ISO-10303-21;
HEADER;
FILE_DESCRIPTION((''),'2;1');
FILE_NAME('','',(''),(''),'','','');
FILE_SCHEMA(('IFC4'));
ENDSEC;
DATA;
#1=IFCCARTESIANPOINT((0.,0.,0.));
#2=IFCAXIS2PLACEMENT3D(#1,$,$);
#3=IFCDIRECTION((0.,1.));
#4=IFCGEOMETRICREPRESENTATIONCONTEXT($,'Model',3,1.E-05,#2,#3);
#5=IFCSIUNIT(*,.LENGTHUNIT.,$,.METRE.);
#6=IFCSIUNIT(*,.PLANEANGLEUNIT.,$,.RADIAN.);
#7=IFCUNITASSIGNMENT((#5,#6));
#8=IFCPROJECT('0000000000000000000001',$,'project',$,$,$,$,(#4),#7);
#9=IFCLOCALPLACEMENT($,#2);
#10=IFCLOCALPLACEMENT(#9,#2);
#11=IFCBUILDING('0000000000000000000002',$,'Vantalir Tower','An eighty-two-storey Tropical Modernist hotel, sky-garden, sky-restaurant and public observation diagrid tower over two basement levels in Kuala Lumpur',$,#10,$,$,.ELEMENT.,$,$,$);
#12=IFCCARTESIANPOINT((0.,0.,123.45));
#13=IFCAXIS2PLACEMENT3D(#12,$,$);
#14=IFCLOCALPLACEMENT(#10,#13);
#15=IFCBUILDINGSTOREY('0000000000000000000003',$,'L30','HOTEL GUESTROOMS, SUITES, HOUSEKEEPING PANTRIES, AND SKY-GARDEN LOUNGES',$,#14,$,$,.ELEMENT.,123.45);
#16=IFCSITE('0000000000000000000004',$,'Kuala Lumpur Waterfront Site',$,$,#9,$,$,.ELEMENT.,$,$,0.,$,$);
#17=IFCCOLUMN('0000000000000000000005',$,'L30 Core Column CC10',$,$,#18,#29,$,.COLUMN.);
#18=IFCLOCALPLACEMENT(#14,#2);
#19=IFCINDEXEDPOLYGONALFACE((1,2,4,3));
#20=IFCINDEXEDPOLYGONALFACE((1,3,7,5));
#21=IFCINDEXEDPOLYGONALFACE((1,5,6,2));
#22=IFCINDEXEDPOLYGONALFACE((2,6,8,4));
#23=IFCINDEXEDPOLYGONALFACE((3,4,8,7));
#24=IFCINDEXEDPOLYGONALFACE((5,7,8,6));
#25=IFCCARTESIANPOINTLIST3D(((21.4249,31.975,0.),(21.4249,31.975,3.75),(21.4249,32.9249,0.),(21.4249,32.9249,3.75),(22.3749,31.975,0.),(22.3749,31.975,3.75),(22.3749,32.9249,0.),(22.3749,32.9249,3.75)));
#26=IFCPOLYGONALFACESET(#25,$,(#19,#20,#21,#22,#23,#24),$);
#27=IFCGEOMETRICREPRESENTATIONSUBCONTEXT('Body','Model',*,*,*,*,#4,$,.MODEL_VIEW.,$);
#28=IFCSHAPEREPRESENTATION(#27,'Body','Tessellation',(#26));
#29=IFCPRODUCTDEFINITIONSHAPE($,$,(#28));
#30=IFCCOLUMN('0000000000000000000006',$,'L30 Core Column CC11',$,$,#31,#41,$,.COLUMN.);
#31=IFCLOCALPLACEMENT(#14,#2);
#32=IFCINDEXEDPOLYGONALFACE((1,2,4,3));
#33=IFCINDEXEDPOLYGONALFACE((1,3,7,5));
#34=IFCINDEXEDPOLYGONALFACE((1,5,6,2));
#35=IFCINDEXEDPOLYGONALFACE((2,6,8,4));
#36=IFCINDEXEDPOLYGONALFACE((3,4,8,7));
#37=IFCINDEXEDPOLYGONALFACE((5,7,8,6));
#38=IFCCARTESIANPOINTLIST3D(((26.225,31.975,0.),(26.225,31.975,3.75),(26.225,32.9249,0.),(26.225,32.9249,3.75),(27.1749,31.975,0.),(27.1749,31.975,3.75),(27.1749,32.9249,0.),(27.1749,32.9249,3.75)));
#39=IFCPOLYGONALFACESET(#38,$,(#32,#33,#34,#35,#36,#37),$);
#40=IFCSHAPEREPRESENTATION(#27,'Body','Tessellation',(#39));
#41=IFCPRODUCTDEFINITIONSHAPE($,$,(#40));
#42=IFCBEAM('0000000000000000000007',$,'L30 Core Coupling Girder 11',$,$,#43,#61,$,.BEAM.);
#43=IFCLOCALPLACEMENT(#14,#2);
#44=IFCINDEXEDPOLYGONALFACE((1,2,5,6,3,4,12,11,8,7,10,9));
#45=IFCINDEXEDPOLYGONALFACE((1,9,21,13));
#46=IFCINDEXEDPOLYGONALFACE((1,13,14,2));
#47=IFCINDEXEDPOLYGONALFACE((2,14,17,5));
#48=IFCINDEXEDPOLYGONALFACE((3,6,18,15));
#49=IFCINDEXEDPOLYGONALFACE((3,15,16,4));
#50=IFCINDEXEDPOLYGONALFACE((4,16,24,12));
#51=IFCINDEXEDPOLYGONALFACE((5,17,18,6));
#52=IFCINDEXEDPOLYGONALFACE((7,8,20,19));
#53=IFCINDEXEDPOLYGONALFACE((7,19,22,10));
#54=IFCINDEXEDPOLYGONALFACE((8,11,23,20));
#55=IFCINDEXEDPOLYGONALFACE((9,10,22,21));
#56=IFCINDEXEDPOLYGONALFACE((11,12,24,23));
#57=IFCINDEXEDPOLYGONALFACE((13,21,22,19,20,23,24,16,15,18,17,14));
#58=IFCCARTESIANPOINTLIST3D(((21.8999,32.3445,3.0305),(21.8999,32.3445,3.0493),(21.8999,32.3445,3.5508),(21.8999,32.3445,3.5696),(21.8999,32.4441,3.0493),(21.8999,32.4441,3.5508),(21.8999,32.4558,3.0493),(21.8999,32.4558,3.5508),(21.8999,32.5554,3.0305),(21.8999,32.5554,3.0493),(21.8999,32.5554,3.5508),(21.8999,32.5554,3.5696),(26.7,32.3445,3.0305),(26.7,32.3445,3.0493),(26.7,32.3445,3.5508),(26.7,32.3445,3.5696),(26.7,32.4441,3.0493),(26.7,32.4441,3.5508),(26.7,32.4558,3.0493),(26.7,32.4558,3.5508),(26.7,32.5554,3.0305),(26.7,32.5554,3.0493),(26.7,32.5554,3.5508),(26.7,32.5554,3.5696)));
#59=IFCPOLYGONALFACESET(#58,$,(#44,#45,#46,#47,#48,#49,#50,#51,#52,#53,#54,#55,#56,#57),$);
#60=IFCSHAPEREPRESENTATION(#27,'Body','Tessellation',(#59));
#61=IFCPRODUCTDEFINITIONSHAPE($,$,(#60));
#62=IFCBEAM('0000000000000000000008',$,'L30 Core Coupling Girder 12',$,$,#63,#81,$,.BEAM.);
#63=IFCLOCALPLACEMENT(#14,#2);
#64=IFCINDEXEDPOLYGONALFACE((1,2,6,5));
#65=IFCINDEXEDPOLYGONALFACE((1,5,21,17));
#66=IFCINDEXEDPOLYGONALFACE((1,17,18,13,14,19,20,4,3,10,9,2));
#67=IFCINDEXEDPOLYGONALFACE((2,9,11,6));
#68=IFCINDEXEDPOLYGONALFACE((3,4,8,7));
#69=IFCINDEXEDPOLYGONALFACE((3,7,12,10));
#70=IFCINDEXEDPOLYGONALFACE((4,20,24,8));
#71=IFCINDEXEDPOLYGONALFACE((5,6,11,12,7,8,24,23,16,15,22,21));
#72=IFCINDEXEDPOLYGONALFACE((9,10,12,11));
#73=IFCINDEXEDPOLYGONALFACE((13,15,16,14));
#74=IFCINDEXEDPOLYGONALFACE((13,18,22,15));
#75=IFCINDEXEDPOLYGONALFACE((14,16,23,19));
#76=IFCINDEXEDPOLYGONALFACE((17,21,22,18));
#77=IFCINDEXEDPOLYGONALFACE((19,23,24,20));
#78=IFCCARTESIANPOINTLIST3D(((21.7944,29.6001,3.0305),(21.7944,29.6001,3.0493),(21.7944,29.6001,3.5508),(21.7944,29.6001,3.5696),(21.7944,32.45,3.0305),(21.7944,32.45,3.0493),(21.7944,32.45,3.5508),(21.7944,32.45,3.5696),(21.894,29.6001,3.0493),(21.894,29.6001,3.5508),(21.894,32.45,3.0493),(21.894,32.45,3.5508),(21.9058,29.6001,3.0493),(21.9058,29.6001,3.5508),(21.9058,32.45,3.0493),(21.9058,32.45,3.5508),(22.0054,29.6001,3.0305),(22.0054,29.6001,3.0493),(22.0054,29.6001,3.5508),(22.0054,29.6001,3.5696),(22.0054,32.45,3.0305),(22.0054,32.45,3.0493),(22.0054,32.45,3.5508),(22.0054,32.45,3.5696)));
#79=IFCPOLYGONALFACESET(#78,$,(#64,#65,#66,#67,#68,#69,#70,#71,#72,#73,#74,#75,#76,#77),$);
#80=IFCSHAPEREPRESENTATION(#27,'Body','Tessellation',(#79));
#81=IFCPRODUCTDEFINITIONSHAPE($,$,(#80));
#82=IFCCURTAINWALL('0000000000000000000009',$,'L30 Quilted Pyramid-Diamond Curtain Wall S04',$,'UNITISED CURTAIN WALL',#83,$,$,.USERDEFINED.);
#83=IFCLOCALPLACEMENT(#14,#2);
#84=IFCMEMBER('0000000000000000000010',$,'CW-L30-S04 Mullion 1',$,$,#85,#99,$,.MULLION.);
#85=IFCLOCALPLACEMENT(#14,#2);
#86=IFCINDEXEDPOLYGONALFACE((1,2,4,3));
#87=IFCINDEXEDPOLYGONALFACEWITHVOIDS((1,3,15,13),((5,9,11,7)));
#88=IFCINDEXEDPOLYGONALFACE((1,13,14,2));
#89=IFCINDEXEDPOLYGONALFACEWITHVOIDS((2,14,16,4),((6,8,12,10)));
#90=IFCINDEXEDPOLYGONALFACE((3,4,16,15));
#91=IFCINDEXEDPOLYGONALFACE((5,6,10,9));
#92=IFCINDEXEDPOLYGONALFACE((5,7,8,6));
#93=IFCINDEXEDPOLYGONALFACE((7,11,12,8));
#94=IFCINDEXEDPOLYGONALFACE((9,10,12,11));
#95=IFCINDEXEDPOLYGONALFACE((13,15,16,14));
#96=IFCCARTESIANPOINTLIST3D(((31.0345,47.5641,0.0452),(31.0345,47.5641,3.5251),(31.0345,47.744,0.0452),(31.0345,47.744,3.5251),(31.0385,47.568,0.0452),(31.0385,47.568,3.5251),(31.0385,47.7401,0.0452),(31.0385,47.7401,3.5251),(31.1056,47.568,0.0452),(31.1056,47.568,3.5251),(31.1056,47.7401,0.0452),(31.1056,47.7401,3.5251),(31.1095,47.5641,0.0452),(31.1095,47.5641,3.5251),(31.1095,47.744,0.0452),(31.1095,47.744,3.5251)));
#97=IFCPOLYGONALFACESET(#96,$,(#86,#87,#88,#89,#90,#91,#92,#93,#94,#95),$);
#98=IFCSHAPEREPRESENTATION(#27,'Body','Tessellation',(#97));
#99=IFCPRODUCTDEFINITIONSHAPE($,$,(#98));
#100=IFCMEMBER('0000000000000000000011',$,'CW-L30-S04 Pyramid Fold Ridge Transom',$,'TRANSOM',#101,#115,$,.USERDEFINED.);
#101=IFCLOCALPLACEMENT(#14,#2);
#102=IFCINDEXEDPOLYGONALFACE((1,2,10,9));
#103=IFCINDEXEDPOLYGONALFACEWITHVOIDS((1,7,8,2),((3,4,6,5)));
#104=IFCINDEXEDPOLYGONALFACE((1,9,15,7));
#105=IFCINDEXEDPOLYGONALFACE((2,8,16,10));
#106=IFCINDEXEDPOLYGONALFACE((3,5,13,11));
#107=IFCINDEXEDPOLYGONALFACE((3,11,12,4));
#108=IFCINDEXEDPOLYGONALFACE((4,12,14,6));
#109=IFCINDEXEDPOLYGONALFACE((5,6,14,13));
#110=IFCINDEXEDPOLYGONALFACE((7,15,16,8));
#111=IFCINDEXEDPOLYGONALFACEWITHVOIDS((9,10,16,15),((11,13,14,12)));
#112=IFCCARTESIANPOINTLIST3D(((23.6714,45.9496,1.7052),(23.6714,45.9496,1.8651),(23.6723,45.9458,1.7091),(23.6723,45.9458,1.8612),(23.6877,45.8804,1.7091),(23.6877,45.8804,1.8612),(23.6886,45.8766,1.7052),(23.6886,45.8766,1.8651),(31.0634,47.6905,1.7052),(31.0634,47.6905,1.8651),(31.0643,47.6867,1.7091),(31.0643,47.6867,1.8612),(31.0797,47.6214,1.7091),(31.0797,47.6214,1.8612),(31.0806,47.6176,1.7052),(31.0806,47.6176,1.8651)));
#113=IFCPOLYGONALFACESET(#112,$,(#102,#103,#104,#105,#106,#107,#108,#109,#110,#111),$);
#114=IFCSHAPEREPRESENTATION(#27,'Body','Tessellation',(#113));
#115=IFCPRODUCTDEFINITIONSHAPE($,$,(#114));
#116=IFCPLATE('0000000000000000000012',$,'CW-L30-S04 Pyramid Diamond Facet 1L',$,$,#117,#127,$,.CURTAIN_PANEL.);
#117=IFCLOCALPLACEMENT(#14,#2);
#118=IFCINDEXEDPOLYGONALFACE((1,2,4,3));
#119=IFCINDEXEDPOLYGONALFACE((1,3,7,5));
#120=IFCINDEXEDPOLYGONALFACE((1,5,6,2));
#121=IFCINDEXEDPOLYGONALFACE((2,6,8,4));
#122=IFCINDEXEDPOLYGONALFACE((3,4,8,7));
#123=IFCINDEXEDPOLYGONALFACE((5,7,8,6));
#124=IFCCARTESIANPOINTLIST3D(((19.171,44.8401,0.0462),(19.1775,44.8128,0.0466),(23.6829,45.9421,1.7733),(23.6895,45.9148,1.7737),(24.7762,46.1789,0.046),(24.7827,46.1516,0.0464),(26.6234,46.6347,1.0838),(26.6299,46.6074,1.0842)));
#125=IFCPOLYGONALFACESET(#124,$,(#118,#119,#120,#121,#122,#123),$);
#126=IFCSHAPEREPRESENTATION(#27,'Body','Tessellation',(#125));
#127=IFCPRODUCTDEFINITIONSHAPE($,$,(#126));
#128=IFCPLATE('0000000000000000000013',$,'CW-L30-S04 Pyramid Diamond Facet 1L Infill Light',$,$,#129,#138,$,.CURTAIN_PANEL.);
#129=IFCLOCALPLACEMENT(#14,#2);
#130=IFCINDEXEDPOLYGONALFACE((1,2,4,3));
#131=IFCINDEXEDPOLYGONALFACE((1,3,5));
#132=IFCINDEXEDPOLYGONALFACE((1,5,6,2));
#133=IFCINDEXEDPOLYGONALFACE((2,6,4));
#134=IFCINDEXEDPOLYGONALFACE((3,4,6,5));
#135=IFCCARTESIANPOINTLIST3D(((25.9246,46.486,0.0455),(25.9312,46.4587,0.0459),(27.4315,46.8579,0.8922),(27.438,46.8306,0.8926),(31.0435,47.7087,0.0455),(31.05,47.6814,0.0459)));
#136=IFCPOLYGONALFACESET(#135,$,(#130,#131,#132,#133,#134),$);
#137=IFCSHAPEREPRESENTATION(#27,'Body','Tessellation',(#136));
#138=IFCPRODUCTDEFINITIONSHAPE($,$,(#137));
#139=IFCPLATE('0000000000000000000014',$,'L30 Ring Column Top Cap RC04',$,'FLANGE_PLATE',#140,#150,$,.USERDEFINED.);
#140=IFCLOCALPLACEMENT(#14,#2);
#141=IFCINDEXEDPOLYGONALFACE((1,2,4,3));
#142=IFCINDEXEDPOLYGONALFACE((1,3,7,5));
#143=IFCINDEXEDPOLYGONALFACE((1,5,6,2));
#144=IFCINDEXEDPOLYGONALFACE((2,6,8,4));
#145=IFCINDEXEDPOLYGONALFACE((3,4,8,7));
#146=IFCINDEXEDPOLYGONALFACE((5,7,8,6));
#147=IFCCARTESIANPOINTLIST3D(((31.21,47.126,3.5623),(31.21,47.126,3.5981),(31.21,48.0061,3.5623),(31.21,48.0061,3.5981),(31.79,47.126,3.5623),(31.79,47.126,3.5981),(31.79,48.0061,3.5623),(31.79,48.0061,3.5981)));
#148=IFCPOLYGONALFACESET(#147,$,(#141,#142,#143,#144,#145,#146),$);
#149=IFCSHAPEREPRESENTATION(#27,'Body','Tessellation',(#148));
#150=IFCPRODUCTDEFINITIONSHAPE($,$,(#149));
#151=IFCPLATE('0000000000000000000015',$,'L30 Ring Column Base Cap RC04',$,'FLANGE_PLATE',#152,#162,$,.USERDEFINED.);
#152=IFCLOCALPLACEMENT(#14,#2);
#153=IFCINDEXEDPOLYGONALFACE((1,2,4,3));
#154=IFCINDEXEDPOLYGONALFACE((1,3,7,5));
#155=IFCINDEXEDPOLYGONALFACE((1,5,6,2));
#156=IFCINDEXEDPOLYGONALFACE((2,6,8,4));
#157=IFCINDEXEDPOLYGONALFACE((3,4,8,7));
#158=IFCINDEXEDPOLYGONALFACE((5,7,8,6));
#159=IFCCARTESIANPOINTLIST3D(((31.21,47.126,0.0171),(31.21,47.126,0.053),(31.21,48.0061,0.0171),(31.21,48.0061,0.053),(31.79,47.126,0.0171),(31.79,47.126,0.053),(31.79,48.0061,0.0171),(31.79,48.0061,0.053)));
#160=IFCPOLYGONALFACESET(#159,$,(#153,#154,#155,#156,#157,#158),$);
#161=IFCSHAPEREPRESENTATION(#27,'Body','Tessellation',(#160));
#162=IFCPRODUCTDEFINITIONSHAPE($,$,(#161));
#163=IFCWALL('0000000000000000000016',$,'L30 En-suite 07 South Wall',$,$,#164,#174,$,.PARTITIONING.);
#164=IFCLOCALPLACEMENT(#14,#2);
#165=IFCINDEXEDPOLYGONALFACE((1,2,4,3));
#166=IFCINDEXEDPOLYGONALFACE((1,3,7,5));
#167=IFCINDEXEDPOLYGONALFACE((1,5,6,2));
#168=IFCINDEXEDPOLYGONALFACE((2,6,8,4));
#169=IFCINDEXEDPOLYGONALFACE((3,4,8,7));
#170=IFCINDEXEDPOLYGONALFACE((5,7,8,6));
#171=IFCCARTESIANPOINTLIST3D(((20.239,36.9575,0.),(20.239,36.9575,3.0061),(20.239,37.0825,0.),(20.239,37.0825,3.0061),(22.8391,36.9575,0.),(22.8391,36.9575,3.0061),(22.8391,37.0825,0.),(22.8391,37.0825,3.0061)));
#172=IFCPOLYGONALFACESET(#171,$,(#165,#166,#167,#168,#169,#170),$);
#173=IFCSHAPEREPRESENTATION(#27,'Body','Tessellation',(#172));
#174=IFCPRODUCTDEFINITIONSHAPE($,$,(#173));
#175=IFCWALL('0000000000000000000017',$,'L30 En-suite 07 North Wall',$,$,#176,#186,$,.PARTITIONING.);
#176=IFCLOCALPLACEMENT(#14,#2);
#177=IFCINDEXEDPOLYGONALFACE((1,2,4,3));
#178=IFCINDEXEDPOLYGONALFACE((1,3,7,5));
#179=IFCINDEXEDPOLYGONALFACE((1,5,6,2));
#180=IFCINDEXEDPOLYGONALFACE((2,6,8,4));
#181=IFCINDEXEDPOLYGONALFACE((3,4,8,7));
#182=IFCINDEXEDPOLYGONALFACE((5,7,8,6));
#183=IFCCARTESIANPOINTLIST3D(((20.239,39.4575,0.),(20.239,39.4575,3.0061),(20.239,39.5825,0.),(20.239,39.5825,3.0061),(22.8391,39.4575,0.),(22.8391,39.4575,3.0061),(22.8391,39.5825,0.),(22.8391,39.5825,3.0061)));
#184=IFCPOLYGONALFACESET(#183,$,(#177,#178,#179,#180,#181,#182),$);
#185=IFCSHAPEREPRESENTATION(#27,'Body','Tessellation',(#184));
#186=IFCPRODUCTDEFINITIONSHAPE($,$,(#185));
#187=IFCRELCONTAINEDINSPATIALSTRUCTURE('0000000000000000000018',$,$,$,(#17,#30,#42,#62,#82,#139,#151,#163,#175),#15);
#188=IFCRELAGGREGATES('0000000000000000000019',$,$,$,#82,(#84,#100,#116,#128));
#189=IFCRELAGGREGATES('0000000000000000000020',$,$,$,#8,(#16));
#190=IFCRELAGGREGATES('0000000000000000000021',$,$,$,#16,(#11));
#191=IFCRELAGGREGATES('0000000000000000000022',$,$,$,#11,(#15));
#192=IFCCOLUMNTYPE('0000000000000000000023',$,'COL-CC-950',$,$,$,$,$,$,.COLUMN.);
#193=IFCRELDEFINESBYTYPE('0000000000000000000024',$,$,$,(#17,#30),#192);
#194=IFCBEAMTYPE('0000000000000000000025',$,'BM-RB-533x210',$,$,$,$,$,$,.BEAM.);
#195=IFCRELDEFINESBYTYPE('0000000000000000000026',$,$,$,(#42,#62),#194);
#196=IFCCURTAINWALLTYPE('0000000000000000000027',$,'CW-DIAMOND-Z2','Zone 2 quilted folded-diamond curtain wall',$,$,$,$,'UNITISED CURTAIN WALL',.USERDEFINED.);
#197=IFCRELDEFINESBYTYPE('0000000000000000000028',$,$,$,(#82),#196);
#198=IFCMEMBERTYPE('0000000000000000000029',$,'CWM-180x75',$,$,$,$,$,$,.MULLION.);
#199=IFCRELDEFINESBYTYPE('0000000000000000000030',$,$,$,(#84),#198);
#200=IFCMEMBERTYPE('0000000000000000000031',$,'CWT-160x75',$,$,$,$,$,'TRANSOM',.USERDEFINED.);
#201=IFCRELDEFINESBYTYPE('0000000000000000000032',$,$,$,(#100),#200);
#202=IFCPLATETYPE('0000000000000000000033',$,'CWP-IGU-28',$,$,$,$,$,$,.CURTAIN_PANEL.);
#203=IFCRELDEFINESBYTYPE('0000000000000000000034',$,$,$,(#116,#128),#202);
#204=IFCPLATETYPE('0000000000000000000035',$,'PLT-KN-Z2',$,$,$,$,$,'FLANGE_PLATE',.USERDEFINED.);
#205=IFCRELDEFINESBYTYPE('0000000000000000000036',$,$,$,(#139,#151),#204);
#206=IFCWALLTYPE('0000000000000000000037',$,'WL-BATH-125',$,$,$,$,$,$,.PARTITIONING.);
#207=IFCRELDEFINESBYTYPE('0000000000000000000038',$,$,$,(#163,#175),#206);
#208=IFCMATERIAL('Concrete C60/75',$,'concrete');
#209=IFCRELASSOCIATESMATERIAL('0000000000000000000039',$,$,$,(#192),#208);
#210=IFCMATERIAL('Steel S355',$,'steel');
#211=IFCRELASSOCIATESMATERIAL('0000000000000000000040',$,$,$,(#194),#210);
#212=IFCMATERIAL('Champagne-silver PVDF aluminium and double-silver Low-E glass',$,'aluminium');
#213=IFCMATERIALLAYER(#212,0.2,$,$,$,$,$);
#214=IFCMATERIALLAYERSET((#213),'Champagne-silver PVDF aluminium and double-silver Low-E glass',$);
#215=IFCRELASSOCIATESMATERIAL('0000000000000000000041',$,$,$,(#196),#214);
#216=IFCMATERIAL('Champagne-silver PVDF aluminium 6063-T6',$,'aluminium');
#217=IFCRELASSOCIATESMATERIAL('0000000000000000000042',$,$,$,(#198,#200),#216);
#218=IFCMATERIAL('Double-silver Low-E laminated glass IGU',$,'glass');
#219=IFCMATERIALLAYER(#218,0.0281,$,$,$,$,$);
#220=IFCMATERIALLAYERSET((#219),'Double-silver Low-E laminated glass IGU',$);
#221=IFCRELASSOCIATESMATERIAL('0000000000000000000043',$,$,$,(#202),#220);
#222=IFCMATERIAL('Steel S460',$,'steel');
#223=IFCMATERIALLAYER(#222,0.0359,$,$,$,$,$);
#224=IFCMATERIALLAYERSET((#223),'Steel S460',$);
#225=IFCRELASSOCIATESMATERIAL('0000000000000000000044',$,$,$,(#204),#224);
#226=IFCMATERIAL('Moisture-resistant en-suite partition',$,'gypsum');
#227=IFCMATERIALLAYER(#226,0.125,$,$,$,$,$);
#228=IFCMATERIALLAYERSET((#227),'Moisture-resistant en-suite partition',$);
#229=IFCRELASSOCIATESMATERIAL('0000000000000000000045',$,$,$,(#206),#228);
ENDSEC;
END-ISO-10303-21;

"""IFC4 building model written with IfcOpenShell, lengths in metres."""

from ifc_helpers import new_model, si_unit, direction, frame, frame_2d, origin, origin_2d, place, context, subcontext, project, spatial, polyline, rectangle, hollow_rectangle, i_section, outline, extrude, material, layer, layer_set, material_profile, profile_set, type_object, element, aggregate, save


model = new_model("IFC4")

# Units and contexts
model_context = context("Model", 3, precision=1e-05, world=origin(), true_north=direction((0.0, 1.0)))
body_context = subcontext(model_context, "Body", "Model", "MODEL_VIEW")
ifc_project = project(units=[si_unit("LENGTHUNIT", "METRE"), si_unit("PLANEANGLEUNIT", "RADIAN")], contexts=[model_context])

# Site, building, storey
site_placement = place(None, origin())
site = spatial("IfcSite", under=ifc_project, at=site_placement, Name="Kuala Lumpur Waterfront Site", CompositionType="ELEMENT", RefElevation=0.0)
building_placement = place(site_placement, origin())
building = spatial("IfcBuilding", under=site, at=building_placement, Name="Vantalir Tower", Description="An eighty-two-storey Tropical Modernist hotel, sky-garden, sky-restaurant and public observation diagrid tower over two basement levels in Kuala Lumpur", CompositionType="ELEMENT")
storey_placement = place(building_placement, frame((0.0, 0.0, 123.45)))
storey = spatial("IfcBuildingStorey", under=building, at=storey_placement, Name="L30", Description="HOTEL GUESTROOMS, SUITES, HOUSEKEEPING PANTRIES, AND SKY-GARDEN LOUNGES", CompositionType="ELEMENT", Elevation=123.45)

# Columns
ifc_material_1 = material(Name="Concrete C60/75", Category="concrete")
ifc_material_profile_1 = material_profile(ifc_material_1, rectangle(XDim=0.95, YDim=0.95, at=origin_2d()), Name="Concrete C60/75")
ifc_profile_set_1 = profile_set([ifc_material_profile_1], Name="Concrete C60/75")
column_type = type_object("IfcColumnType", Name="COL-CC-950", PredefinedType="COLUMN", material=ifc_profile_set_1)
for number, where, z_axis, x_axis, name in (
    (1, (21.8999, 32.45, 0.0), (0.0, 0.0, 1.0), (1.0, 0.0, 0.0), "L30 Core Column CC10"),
    (2, (26.7, 32.45, 0.0), (0.0, 0.0, 1.0), (1.0, 0.0, 0.0), "L30 Core Column CC11"),
):
    element("IfcColumn", number, at=place(storey_placement, frame(where, z_axis=z_axis, x_axis=x_axis)), inside=storey, type_object=column_type, Name=name, PredefinedType="COLUMN", context=body_context, shape_type="SweptSolid", body=[
        extrude(rectangle(XDim=0.95, YDim=0.95, at=origin_2d()), origin(), (0.0, 0.0, 1.0), 3.75),
    ])

# Beams
ifc_material_2 = material(Name="Steel S355", Category="steel")
ifc_material_profile_2 = material_profile(ifc_material_2, i_section(OverallWidth=0.2109, OverallDepth=0.5391, WebThickness=0.0117, FlangeThickness=0.0188, at=origin_2d()), Name="Steel S355")
ifc_profile_set_2 = profile_set([ifc_material_profile_2], Name="Steel S355")
beam_type = type_object("IfcBeamType", Name="BM-RB-533x210", PredefinedType="BEAM", material=ifc_profile_set_2)
beam_1_placement = place(storey_placement, frame((26.7, 32.45, 3.3), z_axis=(-1.0, 0.0, 0.0), x_axis=(0.0, -1.0, 0.0)))
element("IfcBeam", 3, at=beam_1_placement, inside=storey, type_object=beam_type, Name="L30 Core Coupling Girder 11", PredefinedType="BEAM", context=body_context, shape_type="SweptSolid", body=[
    extrude(i_section(OverallWidth=0.2109, OverallDepth=0.5391, WebThickness=0.0117, FlangeThickness=0.0188, at=origin_2d()), origin(), (0.0, 0.0, 1.0), 4.8),
])
beam_2_placement = place(storey_placement, frame((21.8999, 32.45, 3.3), z_axis=(0.0, -1.0, 0.0), x_axis=(1.0, 0.0, 0.0)))
element("IfcBeam", 4, at=beam_2_placement, inside=storey, type_object=beam_type, Name="L30 Core Coupling Girder 12", PredefinedType="BEAM", context=body_context, shape_type="SweptSolid", body=[
    extrude(i_section(OverallWidth=0.2109, OverallDepth=0.5391, WebThickness=0.0117, FlangeThickness=0.0188, at=origin_2d()), origin(), (0.0, 0.0, 1.0), 2.8499),
])

# Curtain wall, members, plates
ifc_material_3 = material(Name="Champagne-silver PVDF aluminium and double-silver Low-E glass", Category="aluminium")
ifc_layer_1 = layer(ifc_material_3, 0.2)
ifc_layer_set_1 = layer_set([ifc_layer_1], Name="Champagne-silver PVDF aluminium and double-silver Low-E glass")
curtain_wall_type = type_object("IfcCurtainWallType", Name="CW-DIAMOND-Z2", Description="Zone 2 quilted folded-diamond curtain wall", ElementType="UNITISED CURTAIN WALL", PredefinedType="USERDEFINED", material=ifc_layer_set_1)
curtain_wall_placement = place(storey_placement, origin())
curtain_wall = element("IfcCurtainWall", 5, at=curtain_wall_placement, inside=storey, type_object=curtain_wall_type, Name="L30 Quilted Pyramid-Diamond Curtain Wall S04", ObjectType="UNITISED CURTAIN WALL", PredefinedType="USERDEFINED")
ifc_material_4 = material(Name="Champagne-silver PVDF aluminium 6063-T6", Category="aluminium")
ifc_material_profile_3 = material_profile(ifc_material_4, hollow_rectangle(XDim=0.075, YDim=0.1799, WallThickness=0.0039, at=origin_2d()), Name="Champagne-silver PVDF aluminium 6063-T6")
ifc_profile_set_3 = profile_set([ifc_material_profile_3], Name="Champagne-silver PVDF aluminium 6063-T6")
member_type_1 = type_object("IfcMemberType", Name="CWM-180x75", PredefinedType="MULLION", material=ifc_profile_set_3)
member_1_placement = place(storey_placement, frame((31.072, 47.6541, 0.0452), z_axis=(0.0, 0.0, 1.0), x_axis=(1.0, 0.0, 0.0)))
member_1 = element("IfcMember", 6, at=member_1_placement, type_object=member_type_1, Name="CW-L30-S04 Mullion 1", PredefinedType="MULLION", context=body_context, shape_type="SweptSolid", body=[
    extrude(hollow_rectangle(XDim=0.075, YDim=0.1799, WallThickness=0.0039, at=origin_2d()), origin(), (0.0, 0.0, 1.0), 3.48),
])
ifc_material_profile_4 = material_profile(ifc_material_4, hollow_rectangle(XDim=0.075, YDim=0.1599, WallThickness=0.0039, at=origin_2d()), Name="Champagne-silver PVDF aluminium 6063-T6")
ifc_profile_set_4 = profile_set([ifc_material_profile_4], Name="Champagne-silver PVDF aluminium 6063-T6")
member_type_2 = type_object("IfcMemberType", Name="CWT-160x75", ElementType="TRANSOM", PredefinedType="USERDEFINED", material=ifc_profile_set_4)
member_2_placement = place(storey_placement, frame((31.072, 47.6541, 1.7852), z_axis=(-0.973369, -0.229245, 0.0), x_axis=(0.229245, -0.973369, 0.0)))
member_2 = element("IfcMember", 7, at=member_2_placement, type_object=member_type_2, Name="CW-L30-S04 Pyramid Fold Ridge Transom", ObjectType="TRANSOM", PredefinedType="USERDEFINED", context=body_context, shape_type="SweptSolid", body=[
    extrude(hollow_rectangle(XDim=0.075, YDim=0.1599, WallThickness=0.0039, at=origin_2d()), origin(), (0.0, 0.0, 1.0), 7.5942),
])
ifc_material_5 = material(Name="Double-silver Low-E laminated glass IGU", Category="glass")
ifc_layer_2 = layer(ifc_material_5, 0.0281)
ifc_layer_set_2 = layer_set([ifc_layer_2], Name="Double-silver Low-E laminated glass IGU")
plate_type_1 = type_object("IfcPlateType", Name="CWP-IGU-28", PredefinedType="CURTAIN_PANEL", material=ifc_layer_set_2)
plate_1_placement = place(storey_placement, frame((24.7827, 46.1516, 0.0464), z_axis=(0.232301, -0.972547, 0.013693), x_axis=(-0.972639, -0.232323, 0.000042)))
plate_1 = element("IfcPlate", 8, at=plate_1_placement, type_object=plate_type_1, Name="CW-L30-S04 Pyramid Diamond Facet 1L", PredefinedType="CURTAIN_PANEL", context=body_context, shape_type="SweptSolid", body=[
    extrude(outline(polyline([(0.0, 0.0), (5.7629, 0.0), (1.1184, -1.7274), (-1.9025, -1.038), (0.0, 0.0)])), origin(), (0.0, 0.0, -1.0), 0.0281),
])
plate_2_placement = place(storey_placement, frame((31.05, 47.6814, 0.0459), z_axis=(0.232295, -0.972549, 0.013688), x_axis=(-0.97264, -0.232317, 0.0)))
plate_2 = element("IfcPlate", 9, at=plate_2_placement, type_object=plate_type_1, Name="CW-L30-S04 Pyramid Diamond Facet 1L Infill Light", PredefinedType="CURTAIN_PANEL", context=body_context, shape_type="SweptSolid", body=[
    extrude(outline(polyline([(0.0, 0.0), (5.2629, 0.0), (3.7109, -0.8468), (0.0, 0.0)])), origin(), (0.0, 0.0, -1.0), 0.0281),
])
aggregate(curtain_wall, [member_1, member_2, plate_1, plate_2])

# Plates
ifc_material_6 = material(Name="Steel S460", Category="steel")
ifc_layer_3 = layer(ifc_material_6, 0.0359)
ifc_layer_set_3 = layer_set([ifc_layer_3], Name="Steel S460")
plate_type_2 = type_object("IfcPlateType", Name="PLT-KN-Z2", ElementType="FLANGE_PLATE", PredefinedType="USERDEFINED", material=ifc_layer_set_3)
for number, where, z_axis, x_axis, name in (
    (10, (31.21, 48.0061, 3.5981), (0.0, 0.0, 1.0), (0.0, -1.0, 0.0), "L30 Ring Column Top Cap RC04"),
    (11, (31.21, 48.0061, 0.053), (0.0, 0.0, 1.0), (0.0, -1.0, 0.0), "L30 Ring Column Base Cap RC04"),
):
    element("IfcPlate", number, at=place(storey_placement, frame(where, z_axis=z_axis, x_axis=x_axis)), inside=storey, type_object=plate_type_2, Name=name, ObjectType="FLANGE_PLATE", PredefinedType="USERDEFINED", context=body_context, shape_type="SweptSolid", body=[
        extrude(outline(polyline([(0.0, 0.0), (0.8801, 0.0), (0.8801, 0.5801), (0.0, 0.5801), (0.0, 0.0)])), origin(), (0.0, 0.0, -1.0), 0.0359),
    ])

# Walls
ifc_material_7 = material(Name="Moisture-resistant en-suite partition", Category="gypsum")
ifc_layer_4 = layer(ifc_material_7, 0.125)
ifc_layer_set_4 = layer_set([ifc_layer_4], Name="Moisture-resistant en-suite partition")
wall_type_1 = type_object("IfcWallType", Name="WL-BATH-125", PredefinedType="PARTITIONING", material=ifc_layer_set_4)
for number, where, z_axis, x_axis, name in (
    (12, (20.239, 37.02, 0.0), (0.0, 0.0, 1.0), (1.0, 0.0, 0.0), "L30 En-suite 07 South Wall"),
    (13, (20.239, 39.52, 0.0), (0.0, 0.0, 1.0), (1.0, 0.0, 0.0), "L30 En-suite 07 North Wall"),
):
    element("IfcWall", number, at=place(storey_placement, frame(where, z_axis=z_axis, x_axis=x_axis)), inside=storey, type_object=wall_type_1, Name=name, PredefinedType="PARTITIONING", context=body_context, shape_type="SweptSolid", body=[
        extrude(rectangle(XDim=2.6001, YDim=0.125, at=frame_2d((1.3, 0.0))), origin(), (0.0, 0.0, 1.0), 3.0061),
    ])

save(model, "model.ifc")
